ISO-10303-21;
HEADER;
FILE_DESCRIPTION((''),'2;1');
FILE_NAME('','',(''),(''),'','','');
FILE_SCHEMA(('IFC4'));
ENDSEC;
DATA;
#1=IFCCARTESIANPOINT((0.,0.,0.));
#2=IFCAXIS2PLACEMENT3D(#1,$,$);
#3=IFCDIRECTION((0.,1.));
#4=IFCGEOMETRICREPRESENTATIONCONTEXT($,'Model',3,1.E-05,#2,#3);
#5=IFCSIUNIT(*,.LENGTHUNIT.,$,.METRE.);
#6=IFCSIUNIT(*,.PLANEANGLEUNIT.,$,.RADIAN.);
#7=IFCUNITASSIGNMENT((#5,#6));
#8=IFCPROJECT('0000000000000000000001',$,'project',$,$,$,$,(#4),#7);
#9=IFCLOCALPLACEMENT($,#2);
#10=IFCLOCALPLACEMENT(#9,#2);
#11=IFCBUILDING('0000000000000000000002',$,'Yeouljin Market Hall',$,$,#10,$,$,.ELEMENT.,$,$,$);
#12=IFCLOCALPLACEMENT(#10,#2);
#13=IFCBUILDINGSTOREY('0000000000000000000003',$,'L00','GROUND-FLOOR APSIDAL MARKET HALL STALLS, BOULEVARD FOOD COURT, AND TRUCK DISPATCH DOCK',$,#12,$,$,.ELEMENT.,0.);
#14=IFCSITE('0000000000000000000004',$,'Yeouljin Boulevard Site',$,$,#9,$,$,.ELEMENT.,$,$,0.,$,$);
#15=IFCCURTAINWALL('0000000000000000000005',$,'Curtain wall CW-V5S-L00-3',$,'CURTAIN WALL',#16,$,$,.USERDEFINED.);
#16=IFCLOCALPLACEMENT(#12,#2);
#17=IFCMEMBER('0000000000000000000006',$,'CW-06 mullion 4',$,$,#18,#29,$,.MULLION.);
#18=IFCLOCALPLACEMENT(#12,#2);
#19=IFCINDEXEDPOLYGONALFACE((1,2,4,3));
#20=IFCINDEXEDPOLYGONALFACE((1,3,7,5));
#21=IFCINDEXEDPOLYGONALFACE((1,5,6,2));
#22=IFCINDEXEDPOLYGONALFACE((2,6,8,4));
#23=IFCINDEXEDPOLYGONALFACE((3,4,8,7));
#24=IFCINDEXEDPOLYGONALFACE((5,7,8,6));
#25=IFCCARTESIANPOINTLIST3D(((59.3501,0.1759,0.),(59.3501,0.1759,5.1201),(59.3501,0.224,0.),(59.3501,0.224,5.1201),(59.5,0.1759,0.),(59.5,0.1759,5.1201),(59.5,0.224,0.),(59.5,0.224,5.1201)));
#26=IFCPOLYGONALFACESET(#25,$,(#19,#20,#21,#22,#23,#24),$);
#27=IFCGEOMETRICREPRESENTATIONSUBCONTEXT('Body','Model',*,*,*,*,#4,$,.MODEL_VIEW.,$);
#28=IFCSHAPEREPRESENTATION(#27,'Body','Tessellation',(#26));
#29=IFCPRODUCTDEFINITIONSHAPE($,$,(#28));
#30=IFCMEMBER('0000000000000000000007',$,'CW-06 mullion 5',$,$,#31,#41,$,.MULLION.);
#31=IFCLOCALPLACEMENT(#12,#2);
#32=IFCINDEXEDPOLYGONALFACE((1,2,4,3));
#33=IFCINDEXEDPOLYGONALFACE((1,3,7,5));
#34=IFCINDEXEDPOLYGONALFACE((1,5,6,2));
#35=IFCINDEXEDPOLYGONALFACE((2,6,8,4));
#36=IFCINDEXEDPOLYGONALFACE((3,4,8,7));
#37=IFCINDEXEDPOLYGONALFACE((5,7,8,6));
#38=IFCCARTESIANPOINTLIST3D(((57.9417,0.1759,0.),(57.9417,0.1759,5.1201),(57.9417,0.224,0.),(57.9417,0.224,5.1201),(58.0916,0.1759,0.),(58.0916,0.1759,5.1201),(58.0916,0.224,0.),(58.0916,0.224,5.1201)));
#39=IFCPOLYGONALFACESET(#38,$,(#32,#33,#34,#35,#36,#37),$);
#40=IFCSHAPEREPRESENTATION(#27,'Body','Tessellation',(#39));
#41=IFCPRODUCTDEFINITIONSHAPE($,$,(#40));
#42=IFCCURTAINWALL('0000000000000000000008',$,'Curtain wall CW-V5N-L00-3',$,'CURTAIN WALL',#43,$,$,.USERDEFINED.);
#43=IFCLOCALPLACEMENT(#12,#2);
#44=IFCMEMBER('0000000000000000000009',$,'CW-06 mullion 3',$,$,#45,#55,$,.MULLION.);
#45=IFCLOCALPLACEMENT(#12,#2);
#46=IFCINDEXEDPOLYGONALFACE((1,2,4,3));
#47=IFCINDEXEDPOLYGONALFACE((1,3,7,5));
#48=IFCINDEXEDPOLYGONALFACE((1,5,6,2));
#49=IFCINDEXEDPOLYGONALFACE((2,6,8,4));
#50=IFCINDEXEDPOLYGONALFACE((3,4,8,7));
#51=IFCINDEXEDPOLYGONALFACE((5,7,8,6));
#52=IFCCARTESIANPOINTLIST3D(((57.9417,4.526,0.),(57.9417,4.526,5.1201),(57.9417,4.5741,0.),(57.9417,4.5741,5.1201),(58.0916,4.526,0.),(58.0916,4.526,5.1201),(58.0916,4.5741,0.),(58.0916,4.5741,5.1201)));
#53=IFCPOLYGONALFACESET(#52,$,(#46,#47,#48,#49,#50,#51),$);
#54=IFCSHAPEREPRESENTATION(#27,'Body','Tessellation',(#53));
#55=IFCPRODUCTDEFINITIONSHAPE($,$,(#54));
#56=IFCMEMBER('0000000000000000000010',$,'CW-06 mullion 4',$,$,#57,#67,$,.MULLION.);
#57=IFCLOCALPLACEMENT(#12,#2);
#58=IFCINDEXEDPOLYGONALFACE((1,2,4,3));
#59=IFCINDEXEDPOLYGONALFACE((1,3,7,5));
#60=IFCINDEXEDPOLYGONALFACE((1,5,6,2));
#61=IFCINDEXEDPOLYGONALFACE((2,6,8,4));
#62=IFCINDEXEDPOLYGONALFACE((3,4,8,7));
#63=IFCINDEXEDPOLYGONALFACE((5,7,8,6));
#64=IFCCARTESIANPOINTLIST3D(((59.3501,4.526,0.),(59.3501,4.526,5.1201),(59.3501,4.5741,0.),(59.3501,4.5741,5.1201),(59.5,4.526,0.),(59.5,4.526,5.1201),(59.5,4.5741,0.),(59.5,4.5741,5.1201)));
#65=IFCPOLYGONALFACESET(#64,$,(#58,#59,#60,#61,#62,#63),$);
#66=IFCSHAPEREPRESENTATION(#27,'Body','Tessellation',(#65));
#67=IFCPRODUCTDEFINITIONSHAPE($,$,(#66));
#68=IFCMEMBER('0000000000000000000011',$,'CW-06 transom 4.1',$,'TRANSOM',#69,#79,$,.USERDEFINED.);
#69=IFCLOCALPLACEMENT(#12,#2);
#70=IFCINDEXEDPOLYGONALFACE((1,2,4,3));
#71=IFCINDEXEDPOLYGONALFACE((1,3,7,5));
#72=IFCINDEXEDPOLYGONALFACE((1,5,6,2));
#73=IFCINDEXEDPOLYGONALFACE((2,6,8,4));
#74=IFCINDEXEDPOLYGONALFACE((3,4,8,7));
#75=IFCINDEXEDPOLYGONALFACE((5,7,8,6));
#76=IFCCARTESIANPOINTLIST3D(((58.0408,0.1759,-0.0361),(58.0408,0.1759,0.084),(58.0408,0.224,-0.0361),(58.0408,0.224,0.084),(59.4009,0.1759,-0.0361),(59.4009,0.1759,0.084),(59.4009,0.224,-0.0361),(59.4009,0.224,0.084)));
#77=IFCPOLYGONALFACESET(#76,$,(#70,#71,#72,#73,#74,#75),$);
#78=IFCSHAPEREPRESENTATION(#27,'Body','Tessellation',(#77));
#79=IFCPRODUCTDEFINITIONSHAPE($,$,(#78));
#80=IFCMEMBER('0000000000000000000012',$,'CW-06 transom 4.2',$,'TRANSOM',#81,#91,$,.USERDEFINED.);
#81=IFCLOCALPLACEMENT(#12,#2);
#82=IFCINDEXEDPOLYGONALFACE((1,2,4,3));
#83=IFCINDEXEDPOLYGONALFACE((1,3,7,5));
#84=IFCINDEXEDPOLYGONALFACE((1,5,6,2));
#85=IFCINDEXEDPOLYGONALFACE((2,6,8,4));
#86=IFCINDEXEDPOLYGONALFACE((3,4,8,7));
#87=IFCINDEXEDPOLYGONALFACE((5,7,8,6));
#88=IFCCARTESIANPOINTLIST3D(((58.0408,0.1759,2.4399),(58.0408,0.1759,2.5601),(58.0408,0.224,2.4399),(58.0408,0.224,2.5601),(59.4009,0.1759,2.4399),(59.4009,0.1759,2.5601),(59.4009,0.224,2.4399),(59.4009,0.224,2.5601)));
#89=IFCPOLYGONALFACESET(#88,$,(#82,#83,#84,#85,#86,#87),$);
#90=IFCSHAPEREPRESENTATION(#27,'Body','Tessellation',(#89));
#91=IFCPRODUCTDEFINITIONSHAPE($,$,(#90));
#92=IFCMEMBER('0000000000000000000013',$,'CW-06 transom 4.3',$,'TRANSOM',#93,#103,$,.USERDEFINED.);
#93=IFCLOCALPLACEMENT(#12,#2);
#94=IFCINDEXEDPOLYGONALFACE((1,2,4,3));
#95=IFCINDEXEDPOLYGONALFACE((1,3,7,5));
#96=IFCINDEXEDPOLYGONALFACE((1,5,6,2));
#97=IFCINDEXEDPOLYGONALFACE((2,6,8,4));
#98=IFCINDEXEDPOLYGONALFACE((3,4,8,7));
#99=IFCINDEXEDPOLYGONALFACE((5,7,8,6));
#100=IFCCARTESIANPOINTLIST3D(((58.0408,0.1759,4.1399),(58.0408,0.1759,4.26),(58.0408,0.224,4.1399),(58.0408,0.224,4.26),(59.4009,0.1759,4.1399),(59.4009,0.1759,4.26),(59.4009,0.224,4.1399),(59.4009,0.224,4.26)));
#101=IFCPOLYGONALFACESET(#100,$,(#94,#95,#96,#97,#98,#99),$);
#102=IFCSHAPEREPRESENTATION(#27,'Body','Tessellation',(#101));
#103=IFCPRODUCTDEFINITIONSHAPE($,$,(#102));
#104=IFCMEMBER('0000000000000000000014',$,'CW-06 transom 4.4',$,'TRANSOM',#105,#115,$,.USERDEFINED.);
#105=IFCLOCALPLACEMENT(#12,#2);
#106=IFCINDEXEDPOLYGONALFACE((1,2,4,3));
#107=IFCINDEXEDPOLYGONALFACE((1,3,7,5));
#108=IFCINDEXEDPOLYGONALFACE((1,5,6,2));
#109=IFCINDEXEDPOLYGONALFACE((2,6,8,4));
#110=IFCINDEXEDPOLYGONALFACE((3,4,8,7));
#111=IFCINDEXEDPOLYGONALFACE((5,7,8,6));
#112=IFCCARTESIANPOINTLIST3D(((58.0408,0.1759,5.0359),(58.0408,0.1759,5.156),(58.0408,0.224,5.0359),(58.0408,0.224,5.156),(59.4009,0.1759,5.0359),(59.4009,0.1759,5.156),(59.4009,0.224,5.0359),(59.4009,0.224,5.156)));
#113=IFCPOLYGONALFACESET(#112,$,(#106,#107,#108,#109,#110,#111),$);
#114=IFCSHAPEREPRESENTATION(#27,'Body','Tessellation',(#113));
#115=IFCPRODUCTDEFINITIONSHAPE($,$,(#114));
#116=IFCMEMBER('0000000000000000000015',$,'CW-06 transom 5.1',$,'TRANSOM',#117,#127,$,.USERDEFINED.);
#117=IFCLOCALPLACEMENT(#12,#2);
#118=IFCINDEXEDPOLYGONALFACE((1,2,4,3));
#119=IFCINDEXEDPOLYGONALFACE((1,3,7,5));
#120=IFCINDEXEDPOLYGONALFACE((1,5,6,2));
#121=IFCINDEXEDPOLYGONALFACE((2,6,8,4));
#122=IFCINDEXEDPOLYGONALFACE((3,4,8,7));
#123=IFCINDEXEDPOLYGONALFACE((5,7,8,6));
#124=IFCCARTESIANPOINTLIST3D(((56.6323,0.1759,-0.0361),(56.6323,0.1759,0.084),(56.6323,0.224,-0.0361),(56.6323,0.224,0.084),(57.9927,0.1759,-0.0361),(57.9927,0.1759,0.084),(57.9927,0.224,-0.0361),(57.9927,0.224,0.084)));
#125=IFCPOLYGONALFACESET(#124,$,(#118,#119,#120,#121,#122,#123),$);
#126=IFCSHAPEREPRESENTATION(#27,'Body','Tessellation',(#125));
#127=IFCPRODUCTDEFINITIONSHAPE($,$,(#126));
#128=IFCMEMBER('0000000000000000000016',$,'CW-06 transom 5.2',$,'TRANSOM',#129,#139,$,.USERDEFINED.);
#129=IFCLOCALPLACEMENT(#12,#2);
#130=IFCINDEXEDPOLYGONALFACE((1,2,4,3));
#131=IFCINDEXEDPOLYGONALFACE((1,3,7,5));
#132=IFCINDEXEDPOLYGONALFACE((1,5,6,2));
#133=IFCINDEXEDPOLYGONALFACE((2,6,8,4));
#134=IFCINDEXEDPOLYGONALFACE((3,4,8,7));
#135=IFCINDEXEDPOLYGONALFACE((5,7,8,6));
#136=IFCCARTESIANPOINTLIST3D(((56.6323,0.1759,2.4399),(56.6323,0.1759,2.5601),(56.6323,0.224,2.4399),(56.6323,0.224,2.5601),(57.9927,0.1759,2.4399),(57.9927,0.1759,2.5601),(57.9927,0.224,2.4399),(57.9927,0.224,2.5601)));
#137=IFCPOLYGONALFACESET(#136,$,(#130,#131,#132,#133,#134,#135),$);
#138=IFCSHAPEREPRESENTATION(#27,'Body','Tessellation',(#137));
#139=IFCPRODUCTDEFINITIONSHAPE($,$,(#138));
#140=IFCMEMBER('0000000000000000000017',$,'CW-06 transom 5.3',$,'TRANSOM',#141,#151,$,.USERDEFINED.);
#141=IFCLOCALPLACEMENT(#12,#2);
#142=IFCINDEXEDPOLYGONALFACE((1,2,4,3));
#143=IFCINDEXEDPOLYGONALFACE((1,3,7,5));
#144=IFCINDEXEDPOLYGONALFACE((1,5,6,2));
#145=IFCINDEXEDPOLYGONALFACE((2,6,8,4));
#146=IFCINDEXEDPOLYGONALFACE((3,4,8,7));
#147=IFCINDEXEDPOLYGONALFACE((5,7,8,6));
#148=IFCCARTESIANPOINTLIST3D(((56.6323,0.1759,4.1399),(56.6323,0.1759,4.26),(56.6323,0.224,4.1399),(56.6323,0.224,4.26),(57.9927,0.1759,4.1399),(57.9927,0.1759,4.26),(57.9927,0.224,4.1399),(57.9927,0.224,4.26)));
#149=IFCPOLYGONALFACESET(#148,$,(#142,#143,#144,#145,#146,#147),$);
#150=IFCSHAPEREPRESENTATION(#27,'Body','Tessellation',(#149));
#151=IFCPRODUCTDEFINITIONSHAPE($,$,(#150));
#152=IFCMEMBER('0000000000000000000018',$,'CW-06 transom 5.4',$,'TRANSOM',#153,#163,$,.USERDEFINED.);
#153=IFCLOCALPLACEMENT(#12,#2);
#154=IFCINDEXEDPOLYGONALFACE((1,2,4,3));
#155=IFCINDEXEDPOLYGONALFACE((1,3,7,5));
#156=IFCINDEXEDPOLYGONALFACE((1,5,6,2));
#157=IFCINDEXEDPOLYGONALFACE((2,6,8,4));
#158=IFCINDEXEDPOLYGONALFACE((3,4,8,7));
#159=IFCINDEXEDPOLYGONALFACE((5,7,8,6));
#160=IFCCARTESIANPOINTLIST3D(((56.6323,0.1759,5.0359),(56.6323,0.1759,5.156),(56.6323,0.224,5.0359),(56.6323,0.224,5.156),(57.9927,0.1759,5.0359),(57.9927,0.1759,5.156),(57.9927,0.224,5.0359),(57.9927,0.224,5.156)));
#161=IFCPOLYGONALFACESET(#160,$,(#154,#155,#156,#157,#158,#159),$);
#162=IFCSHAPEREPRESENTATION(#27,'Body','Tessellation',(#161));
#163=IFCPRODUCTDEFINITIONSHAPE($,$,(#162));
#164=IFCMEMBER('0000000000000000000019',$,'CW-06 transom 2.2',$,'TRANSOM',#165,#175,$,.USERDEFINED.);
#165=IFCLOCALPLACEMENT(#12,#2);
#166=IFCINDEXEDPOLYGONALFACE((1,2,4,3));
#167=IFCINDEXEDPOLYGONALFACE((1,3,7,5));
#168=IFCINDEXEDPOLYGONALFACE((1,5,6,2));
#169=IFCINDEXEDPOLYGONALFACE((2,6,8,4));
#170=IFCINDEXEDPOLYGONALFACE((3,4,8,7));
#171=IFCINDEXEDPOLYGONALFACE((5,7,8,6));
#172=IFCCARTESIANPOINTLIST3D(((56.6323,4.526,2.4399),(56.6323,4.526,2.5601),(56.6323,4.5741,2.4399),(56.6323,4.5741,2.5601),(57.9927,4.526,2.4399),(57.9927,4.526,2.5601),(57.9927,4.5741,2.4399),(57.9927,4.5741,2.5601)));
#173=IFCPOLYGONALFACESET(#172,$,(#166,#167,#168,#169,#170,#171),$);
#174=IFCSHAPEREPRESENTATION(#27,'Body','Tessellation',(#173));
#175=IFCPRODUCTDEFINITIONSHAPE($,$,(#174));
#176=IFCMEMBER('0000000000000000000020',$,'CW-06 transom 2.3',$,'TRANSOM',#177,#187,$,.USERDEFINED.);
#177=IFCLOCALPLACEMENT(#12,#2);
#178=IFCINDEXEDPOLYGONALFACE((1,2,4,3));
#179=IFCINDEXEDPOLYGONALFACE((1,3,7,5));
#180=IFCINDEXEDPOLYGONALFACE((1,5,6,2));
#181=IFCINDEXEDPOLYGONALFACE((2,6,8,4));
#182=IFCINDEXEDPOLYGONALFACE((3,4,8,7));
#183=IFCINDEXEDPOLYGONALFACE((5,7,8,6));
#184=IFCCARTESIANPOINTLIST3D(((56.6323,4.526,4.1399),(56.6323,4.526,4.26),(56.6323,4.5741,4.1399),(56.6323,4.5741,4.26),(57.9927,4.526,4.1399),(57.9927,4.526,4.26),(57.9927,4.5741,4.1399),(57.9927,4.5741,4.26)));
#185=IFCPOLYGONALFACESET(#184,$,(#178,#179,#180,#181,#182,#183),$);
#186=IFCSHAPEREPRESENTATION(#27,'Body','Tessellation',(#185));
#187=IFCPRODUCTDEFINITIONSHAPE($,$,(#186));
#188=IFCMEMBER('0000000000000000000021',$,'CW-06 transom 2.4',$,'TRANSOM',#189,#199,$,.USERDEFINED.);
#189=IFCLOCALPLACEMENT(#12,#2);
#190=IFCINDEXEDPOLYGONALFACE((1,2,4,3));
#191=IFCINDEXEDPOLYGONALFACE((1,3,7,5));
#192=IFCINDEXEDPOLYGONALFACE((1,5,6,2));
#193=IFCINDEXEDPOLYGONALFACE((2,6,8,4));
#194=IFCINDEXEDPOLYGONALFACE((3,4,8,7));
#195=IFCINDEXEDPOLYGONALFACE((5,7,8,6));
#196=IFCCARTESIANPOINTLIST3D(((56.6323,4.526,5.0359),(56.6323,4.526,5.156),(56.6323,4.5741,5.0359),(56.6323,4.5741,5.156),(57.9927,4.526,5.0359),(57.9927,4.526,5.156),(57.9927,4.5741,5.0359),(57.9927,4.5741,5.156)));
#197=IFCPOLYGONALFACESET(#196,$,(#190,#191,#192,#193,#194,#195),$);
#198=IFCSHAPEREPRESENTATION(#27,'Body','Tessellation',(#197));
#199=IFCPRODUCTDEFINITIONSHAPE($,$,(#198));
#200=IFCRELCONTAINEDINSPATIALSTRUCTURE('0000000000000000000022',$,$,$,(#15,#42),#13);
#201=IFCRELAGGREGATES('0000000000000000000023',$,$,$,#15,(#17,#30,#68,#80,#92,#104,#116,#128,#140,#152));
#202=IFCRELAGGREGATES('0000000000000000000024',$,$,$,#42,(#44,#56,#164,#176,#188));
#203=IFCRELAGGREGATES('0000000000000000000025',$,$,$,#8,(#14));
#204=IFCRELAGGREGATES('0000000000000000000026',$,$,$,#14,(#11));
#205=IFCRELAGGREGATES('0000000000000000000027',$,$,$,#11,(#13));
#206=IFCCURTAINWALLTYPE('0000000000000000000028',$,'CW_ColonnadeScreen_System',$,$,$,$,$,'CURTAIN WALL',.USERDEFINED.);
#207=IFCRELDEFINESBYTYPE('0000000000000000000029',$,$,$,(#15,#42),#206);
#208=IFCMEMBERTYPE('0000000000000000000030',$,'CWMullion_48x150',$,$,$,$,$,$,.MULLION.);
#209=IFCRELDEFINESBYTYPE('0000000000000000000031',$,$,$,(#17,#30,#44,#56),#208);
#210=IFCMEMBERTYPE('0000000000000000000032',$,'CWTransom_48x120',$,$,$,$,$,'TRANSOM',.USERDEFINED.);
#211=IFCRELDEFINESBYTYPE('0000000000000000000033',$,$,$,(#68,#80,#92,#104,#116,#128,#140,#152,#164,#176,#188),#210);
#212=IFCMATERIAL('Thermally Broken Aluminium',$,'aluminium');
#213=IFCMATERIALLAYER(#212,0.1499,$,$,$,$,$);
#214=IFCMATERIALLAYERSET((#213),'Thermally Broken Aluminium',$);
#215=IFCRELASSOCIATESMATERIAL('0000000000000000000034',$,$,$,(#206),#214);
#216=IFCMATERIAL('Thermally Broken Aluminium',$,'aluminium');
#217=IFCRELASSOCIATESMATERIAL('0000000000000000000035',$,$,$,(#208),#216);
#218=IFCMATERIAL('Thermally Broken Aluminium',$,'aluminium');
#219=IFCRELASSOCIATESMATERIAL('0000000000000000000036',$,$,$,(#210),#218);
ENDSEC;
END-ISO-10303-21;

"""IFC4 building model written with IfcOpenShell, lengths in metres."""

from ifc_helpers import new_model, si_unit, direction, frame, origin, origin_2d, place, context, subcontext, project, spatial, rectangle, extrude, material, layer, layer_set, material_profile, profile_set, type_object, element, aggregate, save


model = new_model("IFC4")

# Units and contexts
model_context = context("Model", 3, precision=1e-05, world=origin(), true_north=direction((0.0, 1.0)))
body_context = subcontext(model_context, "Body", "Model", "MODEL_VIEW")
ifc_project = project(units=[si_unit("LENGTHUNIT", "METRE"), si_unit("PLANEANGLEUNIT", "RADIAN")], contexts=[model_context])

# Site, building, storey
site_placement = place(None, origin())
site = spatial("IfcSite", under=ifc_project, at=site_placement, Name="Yeouljin Boulevard Site", CompositionType="ELEMENT", RefElevation=0.0)
building_placement = place(site_placement, origin())
building = spatial("IfcBuilding", under=site, at=building_placement, Name="Yeouljin Market Hall", CompositionType="ELEMENT")
storey_placement = place(building_placement, origin())
storey = spatial("IfcBuildingStorey", under=building, at=storey_placement, Name="L00", Description="GROUND-FLOOR APSIDAL MARKET HALL STALLS, BOULEVARD FOOD COURT, AND TRUCK DISPATCH DOCK", CompositionType="ELEMENT", Elevation=0.0)

# Curtain walls, members
ifc_material_1 = material(Name="Thermally Broken Aluminium", Category="aluminium")
ifc_layer_1 = layer(ifc_material_1, 0.1499)
ifc_layer_set_1 = layer_set([ifc_layer_1], Name="Thermally Broken Aluminium")
curtain_wall_type = type_object("IfcCurtainWallType", Name="CW_ColonnadeScreen_System", ElementType="CURTAIN WALL", PredefinedType="USERDEFINED", material=ifc_layer_set_1)
curtain_wall_1_placement = place(storey_placement, origin())
curtain_wall_1 = element("IfcCurtainWall", 1, at=curtain_wall_1_placement, inside=storey, type_object=curtain_wall_type, Name="Curtain wall CW-V5S-L00-3", ObjectType="CURTAIN WALL", PredefinedType="USERDEFINED")
ifc_material_2 = material(Name="Thermally Broken Aluminium", Category="aluminium")
ifc_material_profile_1 = material_profile(ifc_material_2, rectangle(XDim=0.0481, YDim=0.1499, at=origin_2d()), Name="CW-MULL-48x150")
ifc_profile_set_1 = profile_set([ifc_material_profile_1], Name="Thermally Broken Aluminium")
member_type_1 = type_object("IfcMemberType", Name="CWMullion_48x150", PredefinedType="MULLION", material=ifc_profile_set_1)
member_1_placement = place(storey_placement, frame((59.425, 0.2, 0.0), z_axis=(0.0, 0.0, 1.0), x_axis=(0.0, -1.0, 0.0)))
member_1 = element("IfcMember", 2, at=member_1_placement, type_object=member_type_1, Name="CW-06 mullion 4", PredefinedType="MULLION", context=body_context, shape_type="SweptSolid", body=[
    extrude(rectangle(XDim=0.0481, YDim=0.1499, at=origin_2d()), origin(), (0.0, 0.0, 1.0), 5.1201),
])
member_2_placement = place(storey_placement, frame((58.0166, 0.2, 0.0), z_axis=(0.0, 0.0, 1.0), x_axis=(0.0, -1.0, 0.0)))
member_2 = element("IfcMember", 3, at=member_2_placement, type_object=member_type_1, Name="CW-06 mullion 5", PredefinedType="MULLION", context=body_context, shape_type="SweptSolid", body=[
    extrude(rectangle(XDim=0.0481, YDim=0.1499, at=origin_2d()), origin(), (0.0, 0.0, 1.0), 5.1201),
])
curtain_wall_2_placement = place(storey_placement, origin())
curtain_wall_2 = element("IfcCurtainWall", 4, at=curtain_wall_2_placement, inside=storey, type_object=curtain_wall_type, Name="Curtain wall CW-V5N-L00-3", ObjectType="CURTAIN WALL", PredefinedType="USERDEFINED")
member_3_placement = place(storey_placement, frame((58.0166, 4.55, 0.0), z_axis=(0.0, 0.0, 1.0), x_axis=(0.0, 1.0, 0.0)))
member_3 = element("IfcMember", 5, at=member_3_placement, type_object=member_type_1, Name="CW-06 mullion 3", PredefinedType="MULLION", context=body_context, shape_type="SweptSolid", body=[
    extrude(rectangle(XDim=0.0481, YDim=0.1499, at=origin_2d()), origin(), (0.0, 0.0, 1.0), 5.1201),
])
member_4_placement = place(storey_placement, frame((59.425, 4.55, 0.0), z_axis=(0.0, 0.0, 1.0), x_axis=(0.0, 1.0, 0.0)))
member_4 = element("IfcMember", 6, at=member_4_placement, type_object=member_type_1, Name="CW-06 mullion 4", PredefinedType="MULLION", context=body_context, shape_type="SweptSolid", body=[
    extrude(rectangle(XDim=0.0481, YDim=0.1499, at=origin_2d()), origin(), (0.0, 0.0, 1.0), 5.1201),
])

# Members
ifc_material_3 = material(Name="Thermally Broken Aluminium", Category="aluminium")
ifc_material_profile_2 = material_profile(ifc_material_3, rectangle(XDim=0.0481, YDim=0.1201, at=origin_2d()), Name="CW-TRAN-48x120")
ifc_profile_set_2 = profile_set([ifc_material_profile_2], Name="Thermally Broken Aluminium")
member_type_2 = type_object("IfcMemberType", Name="CWTransom_48x120", ElementType="TRANSOM", PredefinedType="USERDEFINED", material=ifc_profile_set_2)
member_5_placement = place(storey_placement, frame((59.4009, 0.2, 0.0239), z_axis=(-1.0, 0.0, 0.0), x_axis=(0.0, -1.0, 0.0)))
member_5 = element("IfcMember", 7, at=member_5_placement, type_object=member_type_2, Name="CW-06 transom 4.1", ObjectType="TRANSOM", PredefinedType="USERDEFINED", context=body_context, shape_type="SweptSolid", body=[
    extrude(rectangle(XDim=0.0481, YDim=0.1201, at=origin_2d()), origin(), (0.0, 0.0, 1.0), 1.3601),
])
member_6_placement = place(storey_placement, frame((59.4009, 0.2, 2.5), z_axis=(-1.0, 0.0, 0.0), x_axis=(0.0, -1.0, 0.0)))
member_6 = element("IfcMember", 8, at=member_6_placement, type_object=member_type_2, Name="CW-06 transom 4.2", ObjectType="TRANSOM", PredefinedType="USERDEFINED", context=body_context, shape_type="SweptSolid", body=[
    extrude(rectangle(XDim=0.0481, YDim=0.1201, at=origin_2d()), origin(), (0.0, 0.0, 1.0), 1.3601),
])
member_7_placement = place(storey_placement, frame((59.4009, 0.2, 4.2), z_axis=(-1.0, 0.0, 0.0), x_axis=(0.0, -1.0, 0.0)))
member_7 = element("IfcMember", 9, at=member_7_placement, type_object=member_type_2, Name="CW-06 transom 4.3", ObjectType="TRANSOM", PredefinedType="USERDEFINED", context=body_context, shape_type="SweptSolid", body=[
    extrude(rectangle(XDim=0.0481, YDim=0.1201, at=origin_2d()), origin(), (0.0, 0.0, 1.0), 1.3601),
])
member_8_placement = place(storey_placement, frame((59.4009, 0.2, 5.0959), z_axis=(-1.0, 0.0, 0.0), x_axis=(0.0, -1.0, 0.0)))
member_8 = element("IfcMember", 10, at=member_8_placement, type_object=member_type_2, Name="CW-06 transom 4.4", ObjectType="TRANSOM", PredefinedType="USERDEFINED", context=body_context, shape_type="SweptSolid", body=[
    extrude(rectangle(XDim=0.0481, YDim=0.1201, at=origin_2d()), origin(), (0.0, 0.0, 1.0), 1.3601),
])
member_9_placement = place(storey_placement, frame((57.9927, 0.2, 0.0239), z_axis=(-1.0, 0.0, 0.0), x_axis=(0.0, -1.0, 0.0)))
member_9 = element("IfcMember", 11, at=member_9_placement, type_object=member_type_2, Name="CW-06 transom 5.1", ObjectType="TRANSOM", PredefinedType="USERDEFINED", context=body_context, shape_type="SweptSolid", body=[
    extrude(rectangle(XDim=0.0481, YDim=0.1201, at=origin_2d()), origin(), (0.0, 0.0, 1.0), 1.3604),
])
member_10_placement = place(storey_placement, frame((57.9927, 0.2, 2.5), z_axis=(-1.0, 0.0, 0.0), x_axis=(0.0, -1.0, 0.0)))
member_10 = element("IfcMember", 12, at=member_10_placement, type_object=member_type_2, Name="CW-06 transom 5.2", ObjectType="TRANSOM", PredefinedType="USERDEFINED", context=body_context, shape_type="SweptSolid", body=[
    extrude(rectangle(XDim=0.0481, YDim=0.1201, at=origin_2d()), origin(), (0.0, 0.0, 1.0), 1.3604),
])
member_11_placement = place(storey_placement, frame((57.9927, 0.2, 4.2), z_axis=(-1.0, 0.0, 0.0), x_axis=(0.0, -1.0, 0.0)))
member_11 = element("IfcMember", 13, at=member_11_placement, type_object=member_type_2, Name="CW-06 transom 5.3", ObjectType="TRANSOM", PredefinedType="USERDEFINED", context=body_context, shape_type="SweptSolid", body=[
    extrude(rectangle(XDim=0.0481, YDim=0.1201, at=origin_2d()), origin(), (0.0, 0.0, 1.0), 1.3604),
])
member_12_placement = place(storey_placement, frame((57.9927, 0.2, 5.0959), z_axis=(-1.0, 0.0, 0.0), x_axis=(0.0, -1.0, 0.0)))
member_12 = element("IfcMember", 14, at=member_12_placement, type_object=member_type_2, Name="CW-06 transom 5.4", ObjectType="TRANSOM", PredefinedType="USERDEFINED", context=body_context, shape_type="SweptSolid", body=[
    extrude(rectangle(XDim=0.0481, YDim=0.1201, at=origin_2d()), origin(), (0.0, 0.0, 1.0), 1.3604),
])
member_13_placement = place(storey_placement, frame((56.6323, 4.55, 2.5), z_axis=(1.0, 0.0, 0.0), x_axis=(0.0, 1.0, 0.0)))
member_13 = element("IfcMember", 15, at=member_13_placement, type_object=member_type_2, Name="CW-06 transom 2.2", ObjectType="TRANSOM", PredefinedType="USERDEFINED", context=body_context, shape_type="SweptSolid", body=[
    extrude(rectangle(XDim=0.0481, YDim=0.1201, at=origin_2d()), origin(), (0.0, 0.0, 1.0), 1.3604),
])
member_14_placement = place(storey_placement, frame((56.6323, 4.55, 4.2), z_axis=(1.0, 0.0, 0.0), x_axis=(0.0, 1.0, 0.0)))
member_14 = element("IfcMember", 16, at=member_14_placement, type_object=member_type_2, Name="CW-06 transom 2.3", ObjectType="TRANSOM", PredefinedType="USERDEFINED", context=body_context, shape_type="SweptSolid", body=[
    extrude(rectangle(XDim=0.0481, YDim=0.1201, at=origin_2d()), origin(), (0.0, 0.0, 1.0), 1.3604),
])
member_15_placement = place(storey_placement, frame((56.6323, 4.55, 5.0959), z_axis=(1.0, 0.0, 0.0), x_axis=(0.0, 1.0, 0.0)))
member_15 = element("IfcMember", 17, at=member_15_placement, type_object=member_type_2, Name="CW-06 transom 2.4", ObjectType="TRANSOM", PredefinedType="USERDEFINED", context=body_context, shape_type="SweptSolid", body=[
    extrude(rectangle(XDim=0.0481, YDim=0.1201, at=origin_2d()), origin(), (0.0, 0.0, 1.0), 1.3604),
])

aggregate(curtain_wall_1, [member_1, member_2, member_5, member_6, member_7, member_8, member_9, member_10, member_11, member_12])
aggregate(curtain_wall_2, [member_3, member_4, member_13, member_14, member_15])

save(model, "model.ifc")
